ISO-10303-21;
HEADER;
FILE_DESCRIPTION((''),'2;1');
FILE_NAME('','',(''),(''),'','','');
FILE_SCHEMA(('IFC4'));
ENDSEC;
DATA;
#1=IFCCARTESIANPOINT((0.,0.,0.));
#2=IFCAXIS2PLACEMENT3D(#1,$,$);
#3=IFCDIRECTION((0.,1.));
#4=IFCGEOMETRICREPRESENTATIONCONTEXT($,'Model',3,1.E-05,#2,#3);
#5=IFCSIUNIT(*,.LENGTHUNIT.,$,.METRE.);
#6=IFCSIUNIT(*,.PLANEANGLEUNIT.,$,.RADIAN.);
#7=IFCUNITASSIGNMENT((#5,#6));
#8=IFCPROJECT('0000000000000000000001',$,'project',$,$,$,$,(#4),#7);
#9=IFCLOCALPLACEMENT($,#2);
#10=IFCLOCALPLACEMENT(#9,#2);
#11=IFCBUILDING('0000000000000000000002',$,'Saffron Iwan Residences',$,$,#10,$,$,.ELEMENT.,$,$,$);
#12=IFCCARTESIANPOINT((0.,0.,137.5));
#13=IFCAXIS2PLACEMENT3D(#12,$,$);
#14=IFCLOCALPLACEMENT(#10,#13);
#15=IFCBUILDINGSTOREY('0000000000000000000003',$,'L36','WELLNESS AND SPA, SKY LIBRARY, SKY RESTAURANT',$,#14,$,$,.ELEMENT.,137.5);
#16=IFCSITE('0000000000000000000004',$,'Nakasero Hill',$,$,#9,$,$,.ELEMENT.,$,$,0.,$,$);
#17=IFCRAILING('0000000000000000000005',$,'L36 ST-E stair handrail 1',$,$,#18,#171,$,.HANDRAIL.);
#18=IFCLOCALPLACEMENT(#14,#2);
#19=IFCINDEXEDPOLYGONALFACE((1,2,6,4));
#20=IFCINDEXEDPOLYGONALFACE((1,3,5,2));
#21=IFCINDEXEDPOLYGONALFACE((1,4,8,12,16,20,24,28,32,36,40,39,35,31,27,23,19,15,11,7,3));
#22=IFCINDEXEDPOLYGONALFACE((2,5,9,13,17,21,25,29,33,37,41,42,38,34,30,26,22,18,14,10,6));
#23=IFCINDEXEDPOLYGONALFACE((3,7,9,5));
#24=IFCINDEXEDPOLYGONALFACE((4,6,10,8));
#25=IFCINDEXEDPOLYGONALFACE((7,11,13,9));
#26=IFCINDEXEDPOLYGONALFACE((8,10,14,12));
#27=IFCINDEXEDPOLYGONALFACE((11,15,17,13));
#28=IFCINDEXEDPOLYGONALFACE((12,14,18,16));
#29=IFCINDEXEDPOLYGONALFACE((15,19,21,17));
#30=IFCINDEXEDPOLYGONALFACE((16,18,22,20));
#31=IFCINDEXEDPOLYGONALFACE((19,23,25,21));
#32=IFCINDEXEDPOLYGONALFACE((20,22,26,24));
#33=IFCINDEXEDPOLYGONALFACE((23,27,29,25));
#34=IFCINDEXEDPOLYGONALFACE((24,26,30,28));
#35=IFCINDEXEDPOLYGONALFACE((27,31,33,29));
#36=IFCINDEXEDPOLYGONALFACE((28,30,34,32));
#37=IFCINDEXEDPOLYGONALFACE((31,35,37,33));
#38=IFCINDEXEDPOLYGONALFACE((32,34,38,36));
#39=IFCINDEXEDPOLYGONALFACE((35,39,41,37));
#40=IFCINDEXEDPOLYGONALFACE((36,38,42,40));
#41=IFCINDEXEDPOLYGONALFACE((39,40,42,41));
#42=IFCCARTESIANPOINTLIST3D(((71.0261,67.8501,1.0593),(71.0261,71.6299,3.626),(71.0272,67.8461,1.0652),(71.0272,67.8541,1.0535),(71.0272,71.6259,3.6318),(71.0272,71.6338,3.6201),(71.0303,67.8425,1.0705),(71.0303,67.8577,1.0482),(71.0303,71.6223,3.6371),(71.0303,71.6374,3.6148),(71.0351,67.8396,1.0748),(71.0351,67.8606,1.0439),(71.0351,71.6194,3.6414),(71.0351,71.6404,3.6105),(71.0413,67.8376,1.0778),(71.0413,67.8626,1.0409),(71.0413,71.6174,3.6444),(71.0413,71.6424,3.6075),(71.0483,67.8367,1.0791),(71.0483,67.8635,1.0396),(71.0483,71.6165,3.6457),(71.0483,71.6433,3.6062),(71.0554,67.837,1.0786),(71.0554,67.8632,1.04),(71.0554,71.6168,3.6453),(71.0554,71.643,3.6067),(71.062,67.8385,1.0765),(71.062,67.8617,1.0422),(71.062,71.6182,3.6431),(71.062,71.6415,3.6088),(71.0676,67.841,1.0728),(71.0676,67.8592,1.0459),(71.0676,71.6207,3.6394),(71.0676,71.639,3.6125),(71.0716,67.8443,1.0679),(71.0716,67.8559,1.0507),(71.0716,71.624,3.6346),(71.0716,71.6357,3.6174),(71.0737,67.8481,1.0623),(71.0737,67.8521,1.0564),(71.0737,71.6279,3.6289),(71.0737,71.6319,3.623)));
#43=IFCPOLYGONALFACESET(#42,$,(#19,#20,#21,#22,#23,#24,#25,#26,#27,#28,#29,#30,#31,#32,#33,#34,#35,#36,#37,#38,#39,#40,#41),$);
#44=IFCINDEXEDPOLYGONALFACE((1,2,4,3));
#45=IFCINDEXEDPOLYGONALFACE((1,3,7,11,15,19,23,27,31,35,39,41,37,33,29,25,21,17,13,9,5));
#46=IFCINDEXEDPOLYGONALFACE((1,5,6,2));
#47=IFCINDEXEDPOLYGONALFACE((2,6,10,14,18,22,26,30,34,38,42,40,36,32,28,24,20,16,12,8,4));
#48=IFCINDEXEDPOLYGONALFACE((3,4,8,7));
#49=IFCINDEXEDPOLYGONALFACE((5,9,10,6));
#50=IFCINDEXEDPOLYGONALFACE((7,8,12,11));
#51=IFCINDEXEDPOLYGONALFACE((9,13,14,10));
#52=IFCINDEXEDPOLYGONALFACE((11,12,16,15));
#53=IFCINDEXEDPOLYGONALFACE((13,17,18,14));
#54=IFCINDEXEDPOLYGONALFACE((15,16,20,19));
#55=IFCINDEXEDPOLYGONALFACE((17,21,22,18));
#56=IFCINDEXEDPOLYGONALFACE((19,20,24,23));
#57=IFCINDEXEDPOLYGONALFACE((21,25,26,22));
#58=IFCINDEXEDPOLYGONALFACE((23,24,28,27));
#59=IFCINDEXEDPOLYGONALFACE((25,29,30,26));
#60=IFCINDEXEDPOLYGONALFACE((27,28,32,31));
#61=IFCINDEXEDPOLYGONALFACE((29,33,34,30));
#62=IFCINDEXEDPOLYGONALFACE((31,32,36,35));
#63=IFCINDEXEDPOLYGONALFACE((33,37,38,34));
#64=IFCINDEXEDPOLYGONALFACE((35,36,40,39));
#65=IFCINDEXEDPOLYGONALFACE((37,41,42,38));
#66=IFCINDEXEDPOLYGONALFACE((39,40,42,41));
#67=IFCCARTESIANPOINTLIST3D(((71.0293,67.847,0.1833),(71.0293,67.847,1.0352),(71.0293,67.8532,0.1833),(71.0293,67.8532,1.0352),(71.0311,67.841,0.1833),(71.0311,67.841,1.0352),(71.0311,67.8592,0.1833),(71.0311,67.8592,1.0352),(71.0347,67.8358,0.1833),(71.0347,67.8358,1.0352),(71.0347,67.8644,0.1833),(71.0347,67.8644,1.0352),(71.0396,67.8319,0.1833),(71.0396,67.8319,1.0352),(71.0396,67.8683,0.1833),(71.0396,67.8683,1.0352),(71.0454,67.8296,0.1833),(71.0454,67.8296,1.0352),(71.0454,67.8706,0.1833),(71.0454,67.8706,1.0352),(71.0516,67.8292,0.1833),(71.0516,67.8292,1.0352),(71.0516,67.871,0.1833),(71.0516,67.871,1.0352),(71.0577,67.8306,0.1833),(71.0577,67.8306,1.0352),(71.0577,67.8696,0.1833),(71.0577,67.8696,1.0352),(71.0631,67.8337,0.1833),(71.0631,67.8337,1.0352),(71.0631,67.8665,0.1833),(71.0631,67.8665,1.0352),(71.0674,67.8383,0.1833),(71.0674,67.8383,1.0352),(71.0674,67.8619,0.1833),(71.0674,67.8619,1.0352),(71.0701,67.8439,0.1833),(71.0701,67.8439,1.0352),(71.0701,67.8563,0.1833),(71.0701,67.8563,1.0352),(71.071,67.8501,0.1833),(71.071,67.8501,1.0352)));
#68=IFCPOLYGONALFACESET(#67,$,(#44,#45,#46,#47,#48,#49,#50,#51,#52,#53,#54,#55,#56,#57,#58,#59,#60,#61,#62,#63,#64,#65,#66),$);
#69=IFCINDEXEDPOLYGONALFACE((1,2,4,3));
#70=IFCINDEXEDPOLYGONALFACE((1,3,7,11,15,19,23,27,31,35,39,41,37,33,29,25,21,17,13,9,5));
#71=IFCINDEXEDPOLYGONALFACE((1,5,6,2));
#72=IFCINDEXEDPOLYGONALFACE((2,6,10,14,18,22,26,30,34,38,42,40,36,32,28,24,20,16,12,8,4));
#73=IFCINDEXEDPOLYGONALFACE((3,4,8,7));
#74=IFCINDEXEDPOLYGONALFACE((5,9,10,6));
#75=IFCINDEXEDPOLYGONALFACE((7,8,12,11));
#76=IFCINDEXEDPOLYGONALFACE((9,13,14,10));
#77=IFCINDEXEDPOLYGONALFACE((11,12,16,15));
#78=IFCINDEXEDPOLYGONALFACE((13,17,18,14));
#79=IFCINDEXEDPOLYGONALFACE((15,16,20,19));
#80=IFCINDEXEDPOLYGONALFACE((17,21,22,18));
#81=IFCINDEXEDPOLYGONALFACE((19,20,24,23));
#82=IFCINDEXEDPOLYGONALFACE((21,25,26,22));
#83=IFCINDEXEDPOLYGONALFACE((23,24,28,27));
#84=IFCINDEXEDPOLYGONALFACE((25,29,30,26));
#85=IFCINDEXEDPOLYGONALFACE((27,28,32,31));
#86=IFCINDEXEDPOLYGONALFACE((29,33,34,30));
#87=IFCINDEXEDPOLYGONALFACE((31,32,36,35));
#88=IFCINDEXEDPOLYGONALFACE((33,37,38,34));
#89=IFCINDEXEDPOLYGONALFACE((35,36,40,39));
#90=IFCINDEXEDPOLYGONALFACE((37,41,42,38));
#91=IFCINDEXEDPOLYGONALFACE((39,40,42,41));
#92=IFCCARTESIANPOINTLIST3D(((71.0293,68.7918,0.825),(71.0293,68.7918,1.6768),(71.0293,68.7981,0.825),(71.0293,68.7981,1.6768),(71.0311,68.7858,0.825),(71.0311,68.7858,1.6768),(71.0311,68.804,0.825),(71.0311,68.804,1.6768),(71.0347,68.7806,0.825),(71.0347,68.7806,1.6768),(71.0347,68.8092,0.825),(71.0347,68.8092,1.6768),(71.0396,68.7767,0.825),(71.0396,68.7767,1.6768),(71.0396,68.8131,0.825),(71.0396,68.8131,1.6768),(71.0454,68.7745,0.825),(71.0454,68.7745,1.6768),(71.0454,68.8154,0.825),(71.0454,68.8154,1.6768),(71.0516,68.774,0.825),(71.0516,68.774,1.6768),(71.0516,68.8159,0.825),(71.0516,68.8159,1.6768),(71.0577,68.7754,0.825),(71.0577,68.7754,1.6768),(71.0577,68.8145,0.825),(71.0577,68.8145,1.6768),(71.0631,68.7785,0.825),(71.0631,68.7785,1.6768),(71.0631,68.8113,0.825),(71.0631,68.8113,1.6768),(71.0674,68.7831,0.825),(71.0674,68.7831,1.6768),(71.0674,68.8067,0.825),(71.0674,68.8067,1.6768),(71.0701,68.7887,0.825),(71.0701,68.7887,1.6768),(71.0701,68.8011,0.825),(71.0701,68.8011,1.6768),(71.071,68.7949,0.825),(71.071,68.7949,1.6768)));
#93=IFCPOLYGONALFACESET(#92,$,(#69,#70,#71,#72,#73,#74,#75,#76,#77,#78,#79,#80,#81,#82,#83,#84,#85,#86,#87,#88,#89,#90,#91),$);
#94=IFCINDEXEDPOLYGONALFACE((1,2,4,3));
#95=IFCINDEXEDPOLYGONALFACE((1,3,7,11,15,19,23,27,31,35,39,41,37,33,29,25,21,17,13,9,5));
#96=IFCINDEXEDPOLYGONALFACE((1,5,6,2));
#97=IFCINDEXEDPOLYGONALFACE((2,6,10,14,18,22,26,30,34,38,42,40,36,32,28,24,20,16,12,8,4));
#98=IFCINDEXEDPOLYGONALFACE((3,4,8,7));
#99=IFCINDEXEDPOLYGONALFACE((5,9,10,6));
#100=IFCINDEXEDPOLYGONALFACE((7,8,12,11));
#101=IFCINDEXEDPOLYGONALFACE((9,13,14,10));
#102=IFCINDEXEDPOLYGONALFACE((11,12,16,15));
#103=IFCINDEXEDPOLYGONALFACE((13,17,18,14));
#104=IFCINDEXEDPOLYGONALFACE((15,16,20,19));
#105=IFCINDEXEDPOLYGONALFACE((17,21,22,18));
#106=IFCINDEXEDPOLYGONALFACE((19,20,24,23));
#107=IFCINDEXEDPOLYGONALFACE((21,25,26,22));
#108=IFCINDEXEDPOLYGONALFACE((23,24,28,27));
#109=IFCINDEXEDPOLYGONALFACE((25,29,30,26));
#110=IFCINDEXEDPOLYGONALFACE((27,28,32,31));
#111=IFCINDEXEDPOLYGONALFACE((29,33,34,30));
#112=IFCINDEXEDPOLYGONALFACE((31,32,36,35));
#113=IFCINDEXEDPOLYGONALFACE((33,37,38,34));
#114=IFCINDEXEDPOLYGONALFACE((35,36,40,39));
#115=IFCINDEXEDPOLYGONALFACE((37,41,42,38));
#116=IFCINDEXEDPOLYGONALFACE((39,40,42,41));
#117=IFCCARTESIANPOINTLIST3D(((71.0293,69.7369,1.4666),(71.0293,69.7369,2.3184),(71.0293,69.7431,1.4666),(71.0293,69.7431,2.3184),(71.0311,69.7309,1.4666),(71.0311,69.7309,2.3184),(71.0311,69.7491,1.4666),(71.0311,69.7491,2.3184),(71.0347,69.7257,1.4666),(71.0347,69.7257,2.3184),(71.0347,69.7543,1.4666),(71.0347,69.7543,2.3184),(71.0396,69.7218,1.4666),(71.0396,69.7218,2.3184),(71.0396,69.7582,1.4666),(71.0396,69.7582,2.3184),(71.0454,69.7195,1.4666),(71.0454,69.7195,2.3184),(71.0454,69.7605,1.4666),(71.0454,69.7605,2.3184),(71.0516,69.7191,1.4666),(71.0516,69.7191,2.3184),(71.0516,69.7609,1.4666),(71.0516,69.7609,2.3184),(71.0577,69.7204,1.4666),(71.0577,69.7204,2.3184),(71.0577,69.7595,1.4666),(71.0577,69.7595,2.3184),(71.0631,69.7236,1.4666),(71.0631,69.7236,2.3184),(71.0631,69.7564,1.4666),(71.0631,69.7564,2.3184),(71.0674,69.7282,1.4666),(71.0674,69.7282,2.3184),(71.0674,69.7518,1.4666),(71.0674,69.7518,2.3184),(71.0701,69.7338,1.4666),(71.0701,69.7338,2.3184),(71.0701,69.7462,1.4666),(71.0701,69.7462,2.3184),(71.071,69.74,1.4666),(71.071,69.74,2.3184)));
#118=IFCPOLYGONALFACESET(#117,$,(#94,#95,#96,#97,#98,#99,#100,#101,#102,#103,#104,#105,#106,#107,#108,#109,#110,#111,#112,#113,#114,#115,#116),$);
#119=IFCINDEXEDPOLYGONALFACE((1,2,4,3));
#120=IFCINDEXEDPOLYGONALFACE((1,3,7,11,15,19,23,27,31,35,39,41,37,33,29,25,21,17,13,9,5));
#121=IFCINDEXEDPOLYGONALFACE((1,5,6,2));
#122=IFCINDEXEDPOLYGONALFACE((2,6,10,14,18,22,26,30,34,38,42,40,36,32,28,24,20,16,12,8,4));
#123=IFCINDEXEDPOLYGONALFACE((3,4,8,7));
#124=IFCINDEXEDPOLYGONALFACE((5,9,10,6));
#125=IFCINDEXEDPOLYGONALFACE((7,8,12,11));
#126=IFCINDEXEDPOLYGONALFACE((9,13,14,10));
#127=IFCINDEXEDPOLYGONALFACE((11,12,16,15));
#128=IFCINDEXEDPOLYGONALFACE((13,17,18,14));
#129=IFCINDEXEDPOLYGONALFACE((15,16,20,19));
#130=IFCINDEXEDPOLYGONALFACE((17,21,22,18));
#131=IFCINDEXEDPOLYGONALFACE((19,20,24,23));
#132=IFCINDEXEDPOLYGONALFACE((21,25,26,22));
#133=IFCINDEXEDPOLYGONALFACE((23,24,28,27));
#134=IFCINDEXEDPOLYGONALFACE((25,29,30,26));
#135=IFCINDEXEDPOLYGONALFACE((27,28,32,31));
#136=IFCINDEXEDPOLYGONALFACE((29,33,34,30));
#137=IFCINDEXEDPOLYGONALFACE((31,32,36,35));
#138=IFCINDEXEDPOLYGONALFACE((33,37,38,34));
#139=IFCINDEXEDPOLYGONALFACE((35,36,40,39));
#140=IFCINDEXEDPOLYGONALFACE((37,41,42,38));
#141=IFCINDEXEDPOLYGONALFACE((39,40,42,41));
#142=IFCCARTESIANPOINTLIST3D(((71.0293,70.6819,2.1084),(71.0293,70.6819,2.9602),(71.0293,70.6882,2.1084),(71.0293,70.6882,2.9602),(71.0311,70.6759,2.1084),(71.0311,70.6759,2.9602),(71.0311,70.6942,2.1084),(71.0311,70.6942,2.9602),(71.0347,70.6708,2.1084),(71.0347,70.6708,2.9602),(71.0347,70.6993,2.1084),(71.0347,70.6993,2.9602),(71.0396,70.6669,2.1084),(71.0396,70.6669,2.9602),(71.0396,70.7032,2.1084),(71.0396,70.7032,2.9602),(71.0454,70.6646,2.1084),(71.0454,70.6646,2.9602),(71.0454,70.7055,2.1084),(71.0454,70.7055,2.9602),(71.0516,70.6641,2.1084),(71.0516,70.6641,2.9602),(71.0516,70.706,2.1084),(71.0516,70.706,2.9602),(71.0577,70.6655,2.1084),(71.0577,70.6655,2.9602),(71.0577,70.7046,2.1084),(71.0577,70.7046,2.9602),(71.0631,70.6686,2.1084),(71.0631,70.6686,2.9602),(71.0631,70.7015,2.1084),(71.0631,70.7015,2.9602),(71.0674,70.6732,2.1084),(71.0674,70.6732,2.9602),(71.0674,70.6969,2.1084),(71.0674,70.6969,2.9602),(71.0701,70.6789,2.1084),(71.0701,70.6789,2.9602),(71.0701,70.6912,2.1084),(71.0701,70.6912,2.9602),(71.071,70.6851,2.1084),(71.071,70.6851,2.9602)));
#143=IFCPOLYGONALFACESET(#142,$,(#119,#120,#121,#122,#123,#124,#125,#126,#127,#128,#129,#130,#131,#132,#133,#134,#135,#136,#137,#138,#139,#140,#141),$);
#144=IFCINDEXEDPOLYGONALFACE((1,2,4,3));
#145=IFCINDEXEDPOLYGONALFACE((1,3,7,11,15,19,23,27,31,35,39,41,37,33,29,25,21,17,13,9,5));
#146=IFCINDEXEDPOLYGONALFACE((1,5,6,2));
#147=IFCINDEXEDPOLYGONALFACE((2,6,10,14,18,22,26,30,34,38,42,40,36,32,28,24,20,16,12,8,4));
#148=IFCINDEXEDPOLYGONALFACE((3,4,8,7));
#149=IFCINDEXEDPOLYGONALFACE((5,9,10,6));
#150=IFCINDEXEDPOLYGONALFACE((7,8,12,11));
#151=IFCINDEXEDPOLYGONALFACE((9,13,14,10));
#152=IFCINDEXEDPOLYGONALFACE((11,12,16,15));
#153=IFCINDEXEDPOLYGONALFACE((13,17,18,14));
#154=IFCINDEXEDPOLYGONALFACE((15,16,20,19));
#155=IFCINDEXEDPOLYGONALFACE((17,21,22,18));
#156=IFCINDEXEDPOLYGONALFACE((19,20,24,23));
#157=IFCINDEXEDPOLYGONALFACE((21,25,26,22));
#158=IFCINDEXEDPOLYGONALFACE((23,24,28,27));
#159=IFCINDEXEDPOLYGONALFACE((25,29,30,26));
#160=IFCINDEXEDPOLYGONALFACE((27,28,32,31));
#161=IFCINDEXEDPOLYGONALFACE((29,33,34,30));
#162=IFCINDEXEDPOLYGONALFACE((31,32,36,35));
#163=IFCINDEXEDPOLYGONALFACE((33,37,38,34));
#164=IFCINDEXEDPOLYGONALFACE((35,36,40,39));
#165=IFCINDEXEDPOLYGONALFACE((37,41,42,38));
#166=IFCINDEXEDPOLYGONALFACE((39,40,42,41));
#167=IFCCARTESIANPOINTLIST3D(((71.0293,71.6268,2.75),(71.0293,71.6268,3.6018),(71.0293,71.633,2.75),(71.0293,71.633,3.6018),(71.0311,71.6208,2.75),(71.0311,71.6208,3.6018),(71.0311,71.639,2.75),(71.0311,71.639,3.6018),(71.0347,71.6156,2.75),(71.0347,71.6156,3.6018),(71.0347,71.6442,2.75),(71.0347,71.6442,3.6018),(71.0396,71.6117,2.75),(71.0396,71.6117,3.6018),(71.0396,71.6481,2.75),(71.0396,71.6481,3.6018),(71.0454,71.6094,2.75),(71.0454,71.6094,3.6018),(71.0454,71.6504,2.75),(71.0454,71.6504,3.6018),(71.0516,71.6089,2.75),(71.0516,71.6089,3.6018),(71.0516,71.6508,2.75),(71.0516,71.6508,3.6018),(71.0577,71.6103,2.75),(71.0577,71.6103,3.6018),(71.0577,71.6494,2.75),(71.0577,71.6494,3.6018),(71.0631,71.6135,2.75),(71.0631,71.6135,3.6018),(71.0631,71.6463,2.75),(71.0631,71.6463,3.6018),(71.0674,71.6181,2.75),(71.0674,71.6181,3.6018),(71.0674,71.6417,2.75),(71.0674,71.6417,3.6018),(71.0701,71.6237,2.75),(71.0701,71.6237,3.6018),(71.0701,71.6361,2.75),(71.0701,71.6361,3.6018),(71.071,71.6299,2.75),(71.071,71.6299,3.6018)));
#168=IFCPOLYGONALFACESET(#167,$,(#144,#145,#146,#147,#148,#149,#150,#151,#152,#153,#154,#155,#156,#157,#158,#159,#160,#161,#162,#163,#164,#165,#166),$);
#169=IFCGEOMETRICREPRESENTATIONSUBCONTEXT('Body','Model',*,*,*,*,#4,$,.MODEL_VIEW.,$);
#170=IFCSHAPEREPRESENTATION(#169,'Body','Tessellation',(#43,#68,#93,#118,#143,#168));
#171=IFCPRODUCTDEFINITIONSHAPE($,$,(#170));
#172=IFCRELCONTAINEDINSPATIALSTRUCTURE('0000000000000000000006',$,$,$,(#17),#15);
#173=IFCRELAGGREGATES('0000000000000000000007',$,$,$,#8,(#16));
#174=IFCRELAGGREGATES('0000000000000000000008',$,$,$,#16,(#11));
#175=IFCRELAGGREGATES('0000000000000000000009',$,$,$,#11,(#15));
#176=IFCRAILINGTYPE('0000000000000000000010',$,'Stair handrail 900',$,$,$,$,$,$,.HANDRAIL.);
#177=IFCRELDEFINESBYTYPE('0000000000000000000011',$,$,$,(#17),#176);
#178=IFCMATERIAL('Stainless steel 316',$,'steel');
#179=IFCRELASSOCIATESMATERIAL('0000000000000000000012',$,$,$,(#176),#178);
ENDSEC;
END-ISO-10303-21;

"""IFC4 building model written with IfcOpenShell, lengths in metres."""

from ifc_helpers import new_model, si_unit, direction, frame, origin, origin_2d, place, context, subcontext, project, spatial, circle, extrude, material, type_object, element, save


model = new_model("IFC4")

# Units and contexts
model_context = context("Model", 3, precision=1e-05, world=origin(), true_north=direction((0.0, 1.0)))
body_context = subcontext(model_context, "Body", "Model", "MODEL_VIEW")
ifc_project = project(units=[si_unit("LENGTHUNIT", "METRE"), si_unit("PLANEANGLEUNIT", "RADIAN")], contexts=[model_context])

# Site, building, storey
site_placement = place(None, origin())
site = spatial("IfcSite", under=ifc_project, at=site_placement, Name="Nakasero Hill", CompositionType="ELEMENT", RefElevation=0.0)
building_placement = place(site_placement, origin())
building = spatial("IfcBuilding", under=site, at=building_placement, Name="Saffron Iwan Residences", CompositionType="ELEMENT")
storey_placement = place(building_placement, frame((0.0, 0.0, 137.5)))
storey = spatial("IfcBuildingStorey", under=building, at=storey_placement, Name="L36", Description="WELLNESS AND SPA, SKY LIBRARY, SKY RESTAURANT", CompositionType="ELEMENT", Elevation=137.5)

# Railing
ifc_material_1 = material(Name="Stainless steel 316", Category="steel")
railing_type_1 = type_object("IfcRailingType", Name="Stair handrail 900", PredefinedType="HANDRAIL", material=ifc_material_1)
railing_1_placement = place(storey_placement, frame((71.05, 67.8501, 0.1833)))
element("IfcRailing", 1, at=railing_1_placement, inside=storey, type_object=railing_type_1, Name="L36 ST-E stair handrail 1", PredefinedType="HANDRAIL", context=body_context, shape_type="SweptSolid", body=[
    extrude(circle(Radius=0.0239, at=origin_2d()), frame((0.0, 0.0, 0.876), z_axis=(0.0, 0.827293, 0.561771), x_axis=(-1.0, 0.0, 0.0)), (0.0, 0.0, 1.0), 4.5688),
    extrude(circle(Radius=0.021, at=origin_2d()), origin(), (0.0, 0.0, 1.0), 0.8518),
    extrude(circle(Radius=0.021, at=origin_2d()), frame((0.0, 0.9448, 0.6416)), (0.0, 0.0, 1.0), 0.8518),
    extrude(circle(Radius=0.021, at=origin_2d()), frame((0.0, 1.8899, 1.2832)), (0.0, 0.0, 1.0), 0.8518),
    extrude(circle(Radius=0.021, at=origin_2d()), frame((0.0, 2.835, 1.925)), (0.0, 0.0, 1.0), 0.8518),
    extrude(circle(Radius=0.021, at=origin_2d()), frame((0.0, 3.7798, 2.5667)), (0.0, 0.0, 1.0), 0.8518),
])

save(model, "model.ifc")
